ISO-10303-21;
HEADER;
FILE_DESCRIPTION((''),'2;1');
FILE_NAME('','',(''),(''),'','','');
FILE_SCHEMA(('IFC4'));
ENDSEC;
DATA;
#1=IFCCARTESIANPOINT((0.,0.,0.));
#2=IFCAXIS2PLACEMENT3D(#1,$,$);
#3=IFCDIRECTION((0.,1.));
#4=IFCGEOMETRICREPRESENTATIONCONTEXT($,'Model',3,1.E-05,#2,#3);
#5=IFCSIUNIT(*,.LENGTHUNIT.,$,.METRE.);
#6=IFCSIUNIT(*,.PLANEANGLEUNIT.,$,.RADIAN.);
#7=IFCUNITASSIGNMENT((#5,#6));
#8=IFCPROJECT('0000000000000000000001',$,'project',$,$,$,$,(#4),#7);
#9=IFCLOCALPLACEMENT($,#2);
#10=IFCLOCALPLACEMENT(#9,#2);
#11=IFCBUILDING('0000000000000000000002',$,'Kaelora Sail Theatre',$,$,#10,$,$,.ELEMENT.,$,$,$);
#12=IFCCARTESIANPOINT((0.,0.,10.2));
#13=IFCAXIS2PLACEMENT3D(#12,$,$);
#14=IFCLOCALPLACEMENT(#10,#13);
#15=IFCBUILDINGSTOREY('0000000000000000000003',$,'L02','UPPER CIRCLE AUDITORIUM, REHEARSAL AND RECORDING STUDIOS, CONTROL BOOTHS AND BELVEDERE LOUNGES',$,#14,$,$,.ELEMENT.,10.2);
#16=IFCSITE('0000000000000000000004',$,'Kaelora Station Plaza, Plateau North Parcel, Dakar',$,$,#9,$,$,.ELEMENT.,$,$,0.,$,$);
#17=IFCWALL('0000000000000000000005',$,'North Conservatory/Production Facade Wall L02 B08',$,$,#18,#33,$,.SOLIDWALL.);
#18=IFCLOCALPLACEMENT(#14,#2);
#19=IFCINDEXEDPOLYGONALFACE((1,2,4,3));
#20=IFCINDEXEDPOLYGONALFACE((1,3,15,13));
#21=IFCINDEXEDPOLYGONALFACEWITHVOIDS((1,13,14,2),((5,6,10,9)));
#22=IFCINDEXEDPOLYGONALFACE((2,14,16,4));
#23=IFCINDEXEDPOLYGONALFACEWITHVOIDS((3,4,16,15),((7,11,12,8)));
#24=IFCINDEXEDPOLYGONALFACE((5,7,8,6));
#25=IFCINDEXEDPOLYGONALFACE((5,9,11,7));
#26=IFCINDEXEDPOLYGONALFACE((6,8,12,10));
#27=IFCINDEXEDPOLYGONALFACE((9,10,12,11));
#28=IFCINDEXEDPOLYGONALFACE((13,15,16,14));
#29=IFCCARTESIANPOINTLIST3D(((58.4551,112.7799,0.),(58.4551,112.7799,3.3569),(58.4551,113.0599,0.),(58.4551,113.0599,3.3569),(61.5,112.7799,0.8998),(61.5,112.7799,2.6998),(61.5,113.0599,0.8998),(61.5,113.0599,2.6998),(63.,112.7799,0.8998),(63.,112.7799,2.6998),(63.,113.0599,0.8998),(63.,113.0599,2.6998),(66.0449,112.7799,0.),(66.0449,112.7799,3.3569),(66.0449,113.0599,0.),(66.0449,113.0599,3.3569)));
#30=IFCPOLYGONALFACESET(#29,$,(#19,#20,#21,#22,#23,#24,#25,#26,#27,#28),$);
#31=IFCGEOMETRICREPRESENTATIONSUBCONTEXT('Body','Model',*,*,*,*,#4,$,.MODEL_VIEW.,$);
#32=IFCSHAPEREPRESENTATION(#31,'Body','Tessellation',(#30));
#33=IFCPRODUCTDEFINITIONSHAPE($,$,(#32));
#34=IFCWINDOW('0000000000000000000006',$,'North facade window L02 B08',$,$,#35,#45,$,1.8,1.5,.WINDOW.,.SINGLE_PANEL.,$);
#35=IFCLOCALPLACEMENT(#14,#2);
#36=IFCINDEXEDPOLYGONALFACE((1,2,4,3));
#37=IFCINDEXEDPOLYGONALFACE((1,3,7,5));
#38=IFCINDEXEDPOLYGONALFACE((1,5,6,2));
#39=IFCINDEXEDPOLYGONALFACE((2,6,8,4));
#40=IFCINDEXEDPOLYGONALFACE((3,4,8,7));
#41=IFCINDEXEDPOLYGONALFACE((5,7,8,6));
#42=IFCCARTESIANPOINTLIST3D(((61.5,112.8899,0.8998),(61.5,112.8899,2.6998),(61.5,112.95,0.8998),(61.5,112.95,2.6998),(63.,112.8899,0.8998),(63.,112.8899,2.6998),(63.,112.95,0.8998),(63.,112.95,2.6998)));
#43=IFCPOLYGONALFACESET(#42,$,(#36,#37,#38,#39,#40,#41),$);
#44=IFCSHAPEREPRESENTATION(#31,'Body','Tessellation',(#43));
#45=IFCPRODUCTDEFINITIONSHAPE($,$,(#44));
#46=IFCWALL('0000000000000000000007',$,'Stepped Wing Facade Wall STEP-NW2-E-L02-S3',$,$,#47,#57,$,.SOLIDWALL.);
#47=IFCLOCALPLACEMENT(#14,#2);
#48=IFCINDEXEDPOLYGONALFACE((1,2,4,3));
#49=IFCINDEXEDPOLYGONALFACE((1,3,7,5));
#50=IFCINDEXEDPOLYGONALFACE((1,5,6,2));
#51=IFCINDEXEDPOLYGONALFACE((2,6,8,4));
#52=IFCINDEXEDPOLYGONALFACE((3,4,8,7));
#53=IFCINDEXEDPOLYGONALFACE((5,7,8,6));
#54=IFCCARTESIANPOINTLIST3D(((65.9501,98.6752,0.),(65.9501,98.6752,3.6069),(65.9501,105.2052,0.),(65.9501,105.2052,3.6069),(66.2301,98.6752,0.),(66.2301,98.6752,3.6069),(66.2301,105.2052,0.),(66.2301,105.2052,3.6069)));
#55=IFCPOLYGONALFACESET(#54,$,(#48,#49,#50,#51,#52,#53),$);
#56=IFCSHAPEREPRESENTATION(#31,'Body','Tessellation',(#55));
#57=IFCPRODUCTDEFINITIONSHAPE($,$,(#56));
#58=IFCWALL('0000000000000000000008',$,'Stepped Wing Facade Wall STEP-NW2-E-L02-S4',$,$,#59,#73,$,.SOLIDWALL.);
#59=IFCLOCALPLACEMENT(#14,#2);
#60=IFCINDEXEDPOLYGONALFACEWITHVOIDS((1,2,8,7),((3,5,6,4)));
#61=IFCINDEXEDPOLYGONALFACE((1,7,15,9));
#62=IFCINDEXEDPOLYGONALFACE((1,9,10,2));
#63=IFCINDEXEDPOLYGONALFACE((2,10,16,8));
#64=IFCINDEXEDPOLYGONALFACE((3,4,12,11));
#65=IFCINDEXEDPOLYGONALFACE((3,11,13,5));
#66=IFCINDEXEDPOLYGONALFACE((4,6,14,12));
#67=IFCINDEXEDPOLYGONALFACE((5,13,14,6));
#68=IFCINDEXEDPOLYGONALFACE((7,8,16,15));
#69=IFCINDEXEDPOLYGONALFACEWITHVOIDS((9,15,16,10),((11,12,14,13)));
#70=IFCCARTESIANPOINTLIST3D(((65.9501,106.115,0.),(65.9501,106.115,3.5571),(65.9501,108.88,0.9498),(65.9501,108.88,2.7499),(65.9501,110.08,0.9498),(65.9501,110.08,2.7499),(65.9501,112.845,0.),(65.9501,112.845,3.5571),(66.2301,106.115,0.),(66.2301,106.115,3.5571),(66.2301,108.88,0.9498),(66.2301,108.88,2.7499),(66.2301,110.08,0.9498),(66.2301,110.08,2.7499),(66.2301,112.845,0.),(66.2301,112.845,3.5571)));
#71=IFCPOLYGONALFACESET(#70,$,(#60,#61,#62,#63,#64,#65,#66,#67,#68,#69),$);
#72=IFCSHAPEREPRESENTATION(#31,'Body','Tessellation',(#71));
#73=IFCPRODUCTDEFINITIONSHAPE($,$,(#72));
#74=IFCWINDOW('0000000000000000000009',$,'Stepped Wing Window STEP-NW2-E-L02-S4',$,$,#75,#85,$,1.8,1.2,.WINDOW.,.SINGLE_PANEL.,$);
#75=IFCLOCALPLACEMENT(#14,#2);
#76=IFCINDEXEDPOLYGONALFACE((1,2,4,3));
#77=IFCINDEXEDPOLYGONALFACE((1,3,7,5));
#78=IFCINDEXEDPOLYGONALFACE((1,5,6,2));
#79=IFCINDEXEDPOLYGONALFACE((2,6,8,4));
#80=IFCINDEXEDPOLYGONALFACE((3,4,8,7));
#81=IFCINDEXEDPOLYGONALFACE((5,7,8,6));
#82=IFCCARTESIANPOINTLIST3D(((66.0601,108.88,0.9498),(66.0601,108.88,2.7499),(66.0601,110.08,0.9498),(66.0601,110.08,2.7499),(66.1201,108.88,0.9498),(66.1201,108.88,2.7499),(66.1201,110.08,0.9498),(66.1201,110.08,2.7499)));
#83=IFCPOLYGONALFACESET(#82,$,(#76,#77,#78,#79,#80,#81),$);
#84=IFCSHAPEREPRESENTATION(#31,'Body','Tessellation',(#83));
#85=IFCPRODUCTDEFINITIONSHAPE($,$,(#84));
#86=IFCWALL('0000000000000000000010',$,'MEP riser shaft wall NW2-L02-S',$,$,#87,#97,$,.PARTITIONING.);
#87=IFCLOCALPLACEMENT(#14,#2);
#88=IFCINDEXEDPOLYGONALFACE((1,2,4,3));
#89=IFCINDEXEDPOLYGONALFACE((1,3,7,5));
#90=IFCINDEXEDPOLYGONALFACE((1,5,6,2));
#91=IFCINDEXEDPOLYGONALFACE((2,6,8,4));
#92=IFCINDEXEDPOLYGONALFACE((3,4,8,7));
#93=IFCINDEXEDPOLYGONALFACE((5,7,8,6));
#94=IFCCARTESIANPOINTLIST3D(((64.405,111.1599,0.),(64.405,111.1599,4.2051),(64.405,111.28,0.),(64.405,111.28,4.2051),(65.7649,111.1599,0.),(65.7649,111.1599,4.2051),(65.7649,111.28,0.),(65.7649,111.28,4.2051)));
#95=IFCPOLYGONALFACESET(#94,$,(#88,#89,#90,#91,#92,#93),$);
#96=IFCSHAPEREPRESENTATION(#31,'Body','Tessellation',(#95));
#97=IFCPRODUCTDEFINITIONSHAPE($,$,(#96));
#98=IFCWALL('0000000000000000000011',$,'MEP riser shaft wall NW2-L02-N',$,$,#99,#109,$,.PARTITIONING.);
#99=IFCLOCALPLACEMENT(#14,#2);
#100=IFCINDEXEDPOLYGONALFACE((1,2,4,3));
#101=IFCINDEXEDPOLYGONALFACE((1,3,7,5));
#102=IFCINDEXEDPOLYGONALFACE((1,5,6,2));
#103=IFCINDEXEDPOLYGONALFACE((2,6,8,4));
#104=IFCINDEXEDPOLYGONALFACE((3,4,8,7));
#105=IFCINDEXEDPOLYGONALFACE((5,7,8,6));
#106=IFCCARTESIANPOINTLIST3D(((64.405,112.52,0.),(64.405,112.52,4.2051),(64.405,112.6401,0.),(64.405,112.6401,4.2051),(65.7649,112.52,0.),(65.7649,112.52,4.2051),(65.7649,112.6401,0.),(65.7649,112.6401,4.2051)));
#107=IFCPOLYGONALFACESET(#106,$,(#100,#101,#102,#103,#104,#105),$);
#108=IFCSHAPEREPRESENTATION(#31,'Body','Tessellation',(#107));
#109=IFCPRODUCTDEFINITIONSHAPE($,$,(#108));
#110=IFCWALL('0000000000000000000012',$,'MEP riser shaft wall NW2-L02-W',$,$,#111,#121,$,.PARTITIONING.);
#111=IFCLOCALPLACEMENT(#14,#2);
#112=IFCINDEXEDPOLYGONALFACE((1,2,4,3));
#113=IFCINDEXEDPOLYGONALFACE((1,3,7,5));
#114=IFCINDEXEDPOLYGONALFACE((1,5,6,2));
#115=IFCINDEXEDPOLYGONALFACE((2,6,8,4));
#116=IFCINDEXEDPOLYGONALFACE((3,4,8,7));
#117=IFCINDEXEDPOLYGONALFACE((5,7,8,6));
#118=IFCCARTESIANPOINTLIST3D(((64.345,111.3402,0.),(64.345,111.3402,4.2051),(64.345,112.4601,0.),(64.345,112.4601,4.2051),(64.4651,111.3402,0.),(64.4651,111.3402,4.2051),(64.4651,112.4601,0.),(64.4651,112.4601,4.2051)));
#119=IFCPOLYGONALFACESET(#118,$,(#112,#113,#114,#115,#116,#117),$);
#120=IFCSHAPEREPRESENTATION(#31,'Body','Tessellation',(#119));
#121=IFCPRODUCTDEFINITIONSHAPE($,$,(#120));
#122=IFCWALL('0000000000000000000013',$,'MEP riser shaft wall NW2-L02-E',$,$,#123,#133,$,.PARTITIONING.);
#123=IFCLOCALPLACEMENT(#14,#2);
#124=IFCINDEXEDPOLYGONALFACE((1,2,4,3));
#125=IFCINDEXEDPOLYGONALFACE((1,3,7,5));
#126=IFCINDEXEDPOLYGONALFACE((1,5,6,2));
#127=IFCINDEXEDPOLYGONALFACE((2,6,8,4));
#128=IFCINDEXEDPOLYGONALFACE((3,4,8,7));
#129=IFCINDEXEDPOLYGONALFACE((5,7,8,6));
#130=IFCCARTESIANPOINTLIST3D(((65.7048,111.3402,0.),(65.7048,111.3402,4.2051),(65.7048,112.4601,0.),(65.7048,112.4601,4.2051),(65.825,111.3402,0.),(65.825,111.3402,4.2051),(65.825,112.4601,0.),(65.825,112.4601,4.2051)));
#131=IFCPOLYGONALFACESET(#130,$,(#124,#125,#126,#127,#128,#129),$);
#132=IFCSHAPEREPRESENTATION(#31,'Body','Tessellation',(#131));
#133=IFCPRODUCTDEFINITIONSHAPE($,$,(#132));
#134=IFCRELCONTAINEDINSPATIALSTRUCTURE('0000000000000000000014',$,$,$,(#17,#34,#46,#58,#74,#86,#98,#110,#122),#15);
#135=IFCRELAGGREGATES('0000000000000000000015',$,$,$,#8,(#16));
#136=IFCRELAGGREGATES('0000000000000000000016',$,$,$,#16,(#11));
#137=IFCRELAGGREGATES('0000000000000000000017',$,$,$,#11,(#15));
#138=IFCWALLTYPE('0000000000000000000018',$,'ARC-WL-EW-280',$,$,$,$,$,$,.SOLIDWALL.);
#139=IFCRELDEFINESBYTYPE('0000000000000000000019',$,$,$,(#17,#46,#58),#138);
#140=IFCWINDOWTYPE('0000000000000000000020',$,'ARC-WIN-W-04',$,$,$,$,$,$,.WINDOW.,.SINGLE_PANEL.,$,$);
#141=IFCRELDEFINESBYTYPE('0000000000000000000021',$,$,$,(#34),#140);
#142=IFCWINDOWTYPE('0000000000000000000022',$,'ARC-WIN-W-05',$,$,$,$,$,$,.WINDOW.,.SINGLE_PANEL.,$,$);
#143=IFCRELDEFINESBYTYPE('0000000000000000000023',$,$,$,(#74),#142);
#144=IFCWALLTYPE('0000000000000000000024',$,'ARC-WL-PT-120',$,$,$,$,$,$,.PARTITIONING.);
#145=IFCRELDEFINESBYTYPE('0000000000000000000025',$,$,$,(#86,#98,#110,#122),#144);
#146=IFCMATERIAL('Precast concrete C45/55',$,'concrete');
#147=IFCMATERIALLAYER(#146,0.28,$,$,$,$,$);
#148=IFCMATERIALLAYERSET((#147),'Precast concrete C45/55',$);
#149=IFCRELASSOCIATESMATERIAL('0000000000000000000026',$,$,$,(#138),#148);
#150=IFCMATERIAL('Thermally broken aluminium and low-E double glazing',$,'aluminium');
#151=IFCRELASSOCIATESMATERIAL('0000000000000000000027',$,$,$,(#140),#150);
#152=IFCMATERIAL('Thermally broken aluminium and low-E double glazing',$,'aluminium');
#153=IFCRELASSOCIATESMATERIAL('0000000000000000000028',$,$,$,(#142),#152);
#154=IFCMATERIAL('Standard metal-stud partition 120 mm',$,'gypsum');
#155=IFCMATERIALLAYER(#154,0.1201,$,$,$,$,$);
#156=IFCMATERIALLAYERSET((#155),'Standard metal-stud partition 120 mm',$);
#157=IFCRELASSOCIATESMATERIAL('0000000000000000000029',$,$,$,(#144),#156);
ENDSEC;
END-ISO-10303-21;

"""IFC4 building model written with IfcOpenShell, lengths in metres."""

from ifc_helpers import new_model, si_unit, direction, frame, frame_2d, origin, place, context, subcontext, project, spatial, rectangle, extrude, material, layer, layer_set, type_object, element, fill, save


model = new_model("IFC4")

# Units and contexts
model_context = context("Model", 3, precision=1e-05, world=origin(), true_north=direction((0.0, 1.0)))
body_context = subcontext(model_context, "Body", "Model", "MODEL_VIEW")
ifc_project = project(units=[si_unit("LENGTHUNIT", "METRE"), si_unit("PLANEANGLEUNIT", "RADIAN")], contexts=[model_context])

# Site, building, storey
site_placement = place(None, origin())
site = spatial("IfcSite", under=ifc_project, at=site_placement, Name="Kaelora Station Plaza, Plateau North Parcel, Dakar", CompositionType="ELEMENT", RefElevation=0.0)
building_placement = place(site_placement, origin())
building = spatial("IfcBuilding", under=site, at=building_placement, Name="Kaelora Sail Theatre", CompositionType="ELEMENT")
storey_placement = place(building_placement, frame((0.0, 0.0, 10.2)))
storey = spatial("IfcBuildingStorey", under=building, at=storey_placement, Name="L02", Description="UPPER CIRCLE AUDITORIUM, REHEARSAL AND RECORDING STUDIOS, CONTROL BOOTHS AND BELVEDERE LOUNGES", CompositionType="ELEMENT", Elevation=10.2)

# Wall, opening, window
ifc_material_1 = material(Name="Precast concrete C45/55", Category="concrete")
ifc_layer_1 = layer(ifc_material_1, 0.28)
ifc_layer_set_1 = layer_set([ifc_layer_1], Name="Precast concrete C45/55")
wall_type_1 = type_object("IfcWallType", Name="ARC-WL-EW-280", PredefinedType="SOLIDWALL", material=ifc_layer_set_1)
wall_1_placement = place(storey_placement, frame((58.4551, 112.9199, 0.0), z_axis=(0.0, 0.0, 1.0), x_axis=(1.0, 0.0, 0.0)))
wall_1 = element("IfcWall", 1, at=wall_1_placement, inside=storey, type_object=wall_type_1, Name="North Conservatory/Production Facade Wall L02 B08", PredefinedType="SOLIDWALL", context=body_context, shape_type="SweptSolid", body=[
    extrude(rectangle(XDim=7.5898, YDim=0.28, at=frame_2d((3.7949, 0.0))), origin(), (0.0, 0.0, 1.0), 3.3569),
])
opening_1_placement = place(wall_1_placement, frame((3.0449, 0.0, 0.8999)))
opening_1 = element("IfcOpeningElement", 2, at=opening_1_placement, cuts=wall_1, PredefinedType="OPENING", context=body_context, shape_type="SweptSolid", body=[
    extrude(rectangle(XDim=1.5, YDim=1.8, at=frame_2d((0.75, 0.8999))), frame((0.0, 0.1501, 0.0), z_axis=(0.0, -1.0, 0.0), x_axis=(1.0, 0.0, 0.0)), (0.0, 0.0, 1.0), 0.3),
])
ifc_material_2 = material(Name="Thermally broken aluminium and low-E double glazing", Category="aluminium")
window_type_1 = type_object("IfcWindowType", Name="ARC-WIN-W-04", PartitioningType="SINGLE_PANEL", PredefinedType="WINDOW", material=ifc_material_2)
window_1_placement = place(opening_1_placement, origin())
window_1 = element("IfcWindow", 3, at=window_1_placement, inside=storey, type_object=window_type_1, Name="North facade window L02 B08", OverallHeight=1.8, OverallWidth=1.5, PartitioningType="SINGLE_PANEL", PredefinedType="WINDOW", context=body_context, shape_type="SweptSolid", body=[
    extrude(rectangle(XDim=1.5, YDim=1.8, at=frame_2d((0.75, 0.8999))), frame((0.0, 0.03, 0.0), z_axis=(0.0, -1.0, 0.0), x_axis=(1.0, 0.0, 0.0)), (0.0, 0.0, 1.0), 0.0601),
])
fill(opening_1, window_1)

# Wall
wall_2_placement = place(storey_placement, frame((66.0901, 98.675, 0.0), z_axis=(0.0, 0.0, 1.0), x_axis=(0.0, 1.0, 0.0)))
element("IfcWall", 4, at=wall_2_placement, inside=storey, type_object=wall_type_1, Name="Stepped Wing Facade Wall STEP-NW2-E-L02-S3", PredefinedType="SOLIDWALL", context=body_context, shape_type="SweptSolid", body=[
    extrude(rectangle(XDim=6.53, YDim=0.28, at=frame_2d((3.2651, 0.0))), origin(), (0.0, 0.0, 1.0), 3.6069),
])

# Wall, opening, window
wall_3_placement = place(storey_placement, frame((66.0901, 106.115, 0.0), z_axis=(0.0, 0.0, 1.0), x_axis=(0.0, 1.0, 0.0)))
wall_3 = element("IfcWall", 5, at=wall_3_placement, inside=storey, type_object=wall_type_1, Name="Stepped Wing Facade Wall STEP-NW2-E-L02-S4", PredefinedType="SOLIDWALL", context=body_context, shape_type="SweptSolid", body=[
    extrude(rectangle(XDim=6.73, YDim=0.28, at=frame_2d((3.365, 0.0))), origin(), (0.0, 0.0, 1.0), 3.5571),
])
opening_2_placement = place(wall_3_placement, frame((2.7649, 0.0, 0.95)))
opening_2 = element("IfcOpeningElement", 6, at=opening_2_placement, cuts=wall_3, PredefinedType="OPENING", context=body_context, shape_type="SweptSolid", body=[
    extrude(rectangle(XDim=1.2, YDim=1.8, at=frame_2d((0.6001, 0.8999))), frame((0.0, 0.1501, 0.0), z_axis=(0.0, -1.0, 0.0), x_axis=(1.0, 0.0, 0.0)), (0.0, 0.0, 1.0), 0.3),
])
ifc_material_3 = material(Name="Thermally broken aluminium and low-E double glazing", Category="aluminium")
window_type_2 = type_object("IfcWindowType", Name="ARC-WIN-W-05", PartitioningType="SINGLE_PANEL", PredefinedType="WINDOW", material=ifc_material_3)
window_2_placement = place(opening_2_placement, origin())
window_2 = element("IfcWindow", 7, at=window_2_placement, inside=storey, type_object=window_type_2, Name="Stepped Wing Window STEP-NW2-E-L02-S4", OverallHeight=1.8, OverallWidth=1.2, PartitioningType="SINGLE_PANEL", PredefinedType="WINDOW", context=body_context, shape_type="SweptSolid", body=[
    extrude(rectangle(XDim=1.2, YDim=1.8, at=frame_2d((0.6001, 0.8999))), frame((0.0, 0.03, 0.0), z_axis=(0.0, -1.0, 0.0), x_axis=(1.0, 0.0, 0.0)), (0.0, 0.0, 1.0), 0.0601),
])
fill(opening_2, window_2)

# Walls
ifc_material_4 = material(Name="Standard metal-stud partition 120 mm", Category="gypsum")
ifc_layer_2 = layer(ifc_material_4, 0.1201)
ifc_layer_set_2 = layer_set([ifc_layer_2], Name="Standard metal-stud partition 120 mm")
wall_type_2 = type_object("IfcWallType", Name="ARC-WL-PT-120", PredefinedType="PARTITIONING", material=ifc_layer_set_2)
for number, where, z_axis, x_axis, name in (
    (8, (64.405, 111.22, 0.0), (0.0, 0.0, 1.0), (1.0, 0.0, 0.0), "MEP riser shaft wall NW2-L02-S"),
    (9, (64.405, 112.5801, 0.0), (0.0, 0.0, 1.0), (1.0, 0.0, 0.0), "MEP riser shaft wall NW2-L02-N"),
):
    element("IfcWall", number, at=place(storey_placement, frame(where, z_axis=z_axis, x_axis=x_axis)), inside=storey, type_object=wall_type_2, Name=name, PredefinedType="PARTITIONING", context=body_context, shape_type="SweptSolid", body=[
        extrude(rectangle(XDim=1.3599, YDim=0.1201, at=frame_2d((0.6799, 0.0))), origin(), (0.0, 0.0, 1.0), 4.2051),
    ])
for number, where, z_axis, x_axis, name in (
    (10, (64.405, 111.3401, 0.0), (0.0, 0.0, 1.0), (0.0, 1.0, 0.0), "MEP riser shaft wall NW2-L02-W"),
    (11, (65.7649, 111.3401, 0.0), (0.0, 0.0, 1.0), (0.0, 1.0, 0.0), "MEP riser shaft wall NW2-L02-E"),
):
    element("IfcWall", number, at=place(storey_placement, frame(where, z_axis=z_axis, x_axis=x_axis)), inside=storey, type_object=wall_type_2, Name=name, PredefinedType="PARTITIONING", context=body_context, shape_type="SweptSolid", body=[
        extrude(rectangle(XDim=1.1199, YDim=0.1201, at=frame_2d((0.5601, 0.0))), origin(), (0.0, 0.0, 1.0), 4.2051),
    ])

save(model, "model.ifc")
